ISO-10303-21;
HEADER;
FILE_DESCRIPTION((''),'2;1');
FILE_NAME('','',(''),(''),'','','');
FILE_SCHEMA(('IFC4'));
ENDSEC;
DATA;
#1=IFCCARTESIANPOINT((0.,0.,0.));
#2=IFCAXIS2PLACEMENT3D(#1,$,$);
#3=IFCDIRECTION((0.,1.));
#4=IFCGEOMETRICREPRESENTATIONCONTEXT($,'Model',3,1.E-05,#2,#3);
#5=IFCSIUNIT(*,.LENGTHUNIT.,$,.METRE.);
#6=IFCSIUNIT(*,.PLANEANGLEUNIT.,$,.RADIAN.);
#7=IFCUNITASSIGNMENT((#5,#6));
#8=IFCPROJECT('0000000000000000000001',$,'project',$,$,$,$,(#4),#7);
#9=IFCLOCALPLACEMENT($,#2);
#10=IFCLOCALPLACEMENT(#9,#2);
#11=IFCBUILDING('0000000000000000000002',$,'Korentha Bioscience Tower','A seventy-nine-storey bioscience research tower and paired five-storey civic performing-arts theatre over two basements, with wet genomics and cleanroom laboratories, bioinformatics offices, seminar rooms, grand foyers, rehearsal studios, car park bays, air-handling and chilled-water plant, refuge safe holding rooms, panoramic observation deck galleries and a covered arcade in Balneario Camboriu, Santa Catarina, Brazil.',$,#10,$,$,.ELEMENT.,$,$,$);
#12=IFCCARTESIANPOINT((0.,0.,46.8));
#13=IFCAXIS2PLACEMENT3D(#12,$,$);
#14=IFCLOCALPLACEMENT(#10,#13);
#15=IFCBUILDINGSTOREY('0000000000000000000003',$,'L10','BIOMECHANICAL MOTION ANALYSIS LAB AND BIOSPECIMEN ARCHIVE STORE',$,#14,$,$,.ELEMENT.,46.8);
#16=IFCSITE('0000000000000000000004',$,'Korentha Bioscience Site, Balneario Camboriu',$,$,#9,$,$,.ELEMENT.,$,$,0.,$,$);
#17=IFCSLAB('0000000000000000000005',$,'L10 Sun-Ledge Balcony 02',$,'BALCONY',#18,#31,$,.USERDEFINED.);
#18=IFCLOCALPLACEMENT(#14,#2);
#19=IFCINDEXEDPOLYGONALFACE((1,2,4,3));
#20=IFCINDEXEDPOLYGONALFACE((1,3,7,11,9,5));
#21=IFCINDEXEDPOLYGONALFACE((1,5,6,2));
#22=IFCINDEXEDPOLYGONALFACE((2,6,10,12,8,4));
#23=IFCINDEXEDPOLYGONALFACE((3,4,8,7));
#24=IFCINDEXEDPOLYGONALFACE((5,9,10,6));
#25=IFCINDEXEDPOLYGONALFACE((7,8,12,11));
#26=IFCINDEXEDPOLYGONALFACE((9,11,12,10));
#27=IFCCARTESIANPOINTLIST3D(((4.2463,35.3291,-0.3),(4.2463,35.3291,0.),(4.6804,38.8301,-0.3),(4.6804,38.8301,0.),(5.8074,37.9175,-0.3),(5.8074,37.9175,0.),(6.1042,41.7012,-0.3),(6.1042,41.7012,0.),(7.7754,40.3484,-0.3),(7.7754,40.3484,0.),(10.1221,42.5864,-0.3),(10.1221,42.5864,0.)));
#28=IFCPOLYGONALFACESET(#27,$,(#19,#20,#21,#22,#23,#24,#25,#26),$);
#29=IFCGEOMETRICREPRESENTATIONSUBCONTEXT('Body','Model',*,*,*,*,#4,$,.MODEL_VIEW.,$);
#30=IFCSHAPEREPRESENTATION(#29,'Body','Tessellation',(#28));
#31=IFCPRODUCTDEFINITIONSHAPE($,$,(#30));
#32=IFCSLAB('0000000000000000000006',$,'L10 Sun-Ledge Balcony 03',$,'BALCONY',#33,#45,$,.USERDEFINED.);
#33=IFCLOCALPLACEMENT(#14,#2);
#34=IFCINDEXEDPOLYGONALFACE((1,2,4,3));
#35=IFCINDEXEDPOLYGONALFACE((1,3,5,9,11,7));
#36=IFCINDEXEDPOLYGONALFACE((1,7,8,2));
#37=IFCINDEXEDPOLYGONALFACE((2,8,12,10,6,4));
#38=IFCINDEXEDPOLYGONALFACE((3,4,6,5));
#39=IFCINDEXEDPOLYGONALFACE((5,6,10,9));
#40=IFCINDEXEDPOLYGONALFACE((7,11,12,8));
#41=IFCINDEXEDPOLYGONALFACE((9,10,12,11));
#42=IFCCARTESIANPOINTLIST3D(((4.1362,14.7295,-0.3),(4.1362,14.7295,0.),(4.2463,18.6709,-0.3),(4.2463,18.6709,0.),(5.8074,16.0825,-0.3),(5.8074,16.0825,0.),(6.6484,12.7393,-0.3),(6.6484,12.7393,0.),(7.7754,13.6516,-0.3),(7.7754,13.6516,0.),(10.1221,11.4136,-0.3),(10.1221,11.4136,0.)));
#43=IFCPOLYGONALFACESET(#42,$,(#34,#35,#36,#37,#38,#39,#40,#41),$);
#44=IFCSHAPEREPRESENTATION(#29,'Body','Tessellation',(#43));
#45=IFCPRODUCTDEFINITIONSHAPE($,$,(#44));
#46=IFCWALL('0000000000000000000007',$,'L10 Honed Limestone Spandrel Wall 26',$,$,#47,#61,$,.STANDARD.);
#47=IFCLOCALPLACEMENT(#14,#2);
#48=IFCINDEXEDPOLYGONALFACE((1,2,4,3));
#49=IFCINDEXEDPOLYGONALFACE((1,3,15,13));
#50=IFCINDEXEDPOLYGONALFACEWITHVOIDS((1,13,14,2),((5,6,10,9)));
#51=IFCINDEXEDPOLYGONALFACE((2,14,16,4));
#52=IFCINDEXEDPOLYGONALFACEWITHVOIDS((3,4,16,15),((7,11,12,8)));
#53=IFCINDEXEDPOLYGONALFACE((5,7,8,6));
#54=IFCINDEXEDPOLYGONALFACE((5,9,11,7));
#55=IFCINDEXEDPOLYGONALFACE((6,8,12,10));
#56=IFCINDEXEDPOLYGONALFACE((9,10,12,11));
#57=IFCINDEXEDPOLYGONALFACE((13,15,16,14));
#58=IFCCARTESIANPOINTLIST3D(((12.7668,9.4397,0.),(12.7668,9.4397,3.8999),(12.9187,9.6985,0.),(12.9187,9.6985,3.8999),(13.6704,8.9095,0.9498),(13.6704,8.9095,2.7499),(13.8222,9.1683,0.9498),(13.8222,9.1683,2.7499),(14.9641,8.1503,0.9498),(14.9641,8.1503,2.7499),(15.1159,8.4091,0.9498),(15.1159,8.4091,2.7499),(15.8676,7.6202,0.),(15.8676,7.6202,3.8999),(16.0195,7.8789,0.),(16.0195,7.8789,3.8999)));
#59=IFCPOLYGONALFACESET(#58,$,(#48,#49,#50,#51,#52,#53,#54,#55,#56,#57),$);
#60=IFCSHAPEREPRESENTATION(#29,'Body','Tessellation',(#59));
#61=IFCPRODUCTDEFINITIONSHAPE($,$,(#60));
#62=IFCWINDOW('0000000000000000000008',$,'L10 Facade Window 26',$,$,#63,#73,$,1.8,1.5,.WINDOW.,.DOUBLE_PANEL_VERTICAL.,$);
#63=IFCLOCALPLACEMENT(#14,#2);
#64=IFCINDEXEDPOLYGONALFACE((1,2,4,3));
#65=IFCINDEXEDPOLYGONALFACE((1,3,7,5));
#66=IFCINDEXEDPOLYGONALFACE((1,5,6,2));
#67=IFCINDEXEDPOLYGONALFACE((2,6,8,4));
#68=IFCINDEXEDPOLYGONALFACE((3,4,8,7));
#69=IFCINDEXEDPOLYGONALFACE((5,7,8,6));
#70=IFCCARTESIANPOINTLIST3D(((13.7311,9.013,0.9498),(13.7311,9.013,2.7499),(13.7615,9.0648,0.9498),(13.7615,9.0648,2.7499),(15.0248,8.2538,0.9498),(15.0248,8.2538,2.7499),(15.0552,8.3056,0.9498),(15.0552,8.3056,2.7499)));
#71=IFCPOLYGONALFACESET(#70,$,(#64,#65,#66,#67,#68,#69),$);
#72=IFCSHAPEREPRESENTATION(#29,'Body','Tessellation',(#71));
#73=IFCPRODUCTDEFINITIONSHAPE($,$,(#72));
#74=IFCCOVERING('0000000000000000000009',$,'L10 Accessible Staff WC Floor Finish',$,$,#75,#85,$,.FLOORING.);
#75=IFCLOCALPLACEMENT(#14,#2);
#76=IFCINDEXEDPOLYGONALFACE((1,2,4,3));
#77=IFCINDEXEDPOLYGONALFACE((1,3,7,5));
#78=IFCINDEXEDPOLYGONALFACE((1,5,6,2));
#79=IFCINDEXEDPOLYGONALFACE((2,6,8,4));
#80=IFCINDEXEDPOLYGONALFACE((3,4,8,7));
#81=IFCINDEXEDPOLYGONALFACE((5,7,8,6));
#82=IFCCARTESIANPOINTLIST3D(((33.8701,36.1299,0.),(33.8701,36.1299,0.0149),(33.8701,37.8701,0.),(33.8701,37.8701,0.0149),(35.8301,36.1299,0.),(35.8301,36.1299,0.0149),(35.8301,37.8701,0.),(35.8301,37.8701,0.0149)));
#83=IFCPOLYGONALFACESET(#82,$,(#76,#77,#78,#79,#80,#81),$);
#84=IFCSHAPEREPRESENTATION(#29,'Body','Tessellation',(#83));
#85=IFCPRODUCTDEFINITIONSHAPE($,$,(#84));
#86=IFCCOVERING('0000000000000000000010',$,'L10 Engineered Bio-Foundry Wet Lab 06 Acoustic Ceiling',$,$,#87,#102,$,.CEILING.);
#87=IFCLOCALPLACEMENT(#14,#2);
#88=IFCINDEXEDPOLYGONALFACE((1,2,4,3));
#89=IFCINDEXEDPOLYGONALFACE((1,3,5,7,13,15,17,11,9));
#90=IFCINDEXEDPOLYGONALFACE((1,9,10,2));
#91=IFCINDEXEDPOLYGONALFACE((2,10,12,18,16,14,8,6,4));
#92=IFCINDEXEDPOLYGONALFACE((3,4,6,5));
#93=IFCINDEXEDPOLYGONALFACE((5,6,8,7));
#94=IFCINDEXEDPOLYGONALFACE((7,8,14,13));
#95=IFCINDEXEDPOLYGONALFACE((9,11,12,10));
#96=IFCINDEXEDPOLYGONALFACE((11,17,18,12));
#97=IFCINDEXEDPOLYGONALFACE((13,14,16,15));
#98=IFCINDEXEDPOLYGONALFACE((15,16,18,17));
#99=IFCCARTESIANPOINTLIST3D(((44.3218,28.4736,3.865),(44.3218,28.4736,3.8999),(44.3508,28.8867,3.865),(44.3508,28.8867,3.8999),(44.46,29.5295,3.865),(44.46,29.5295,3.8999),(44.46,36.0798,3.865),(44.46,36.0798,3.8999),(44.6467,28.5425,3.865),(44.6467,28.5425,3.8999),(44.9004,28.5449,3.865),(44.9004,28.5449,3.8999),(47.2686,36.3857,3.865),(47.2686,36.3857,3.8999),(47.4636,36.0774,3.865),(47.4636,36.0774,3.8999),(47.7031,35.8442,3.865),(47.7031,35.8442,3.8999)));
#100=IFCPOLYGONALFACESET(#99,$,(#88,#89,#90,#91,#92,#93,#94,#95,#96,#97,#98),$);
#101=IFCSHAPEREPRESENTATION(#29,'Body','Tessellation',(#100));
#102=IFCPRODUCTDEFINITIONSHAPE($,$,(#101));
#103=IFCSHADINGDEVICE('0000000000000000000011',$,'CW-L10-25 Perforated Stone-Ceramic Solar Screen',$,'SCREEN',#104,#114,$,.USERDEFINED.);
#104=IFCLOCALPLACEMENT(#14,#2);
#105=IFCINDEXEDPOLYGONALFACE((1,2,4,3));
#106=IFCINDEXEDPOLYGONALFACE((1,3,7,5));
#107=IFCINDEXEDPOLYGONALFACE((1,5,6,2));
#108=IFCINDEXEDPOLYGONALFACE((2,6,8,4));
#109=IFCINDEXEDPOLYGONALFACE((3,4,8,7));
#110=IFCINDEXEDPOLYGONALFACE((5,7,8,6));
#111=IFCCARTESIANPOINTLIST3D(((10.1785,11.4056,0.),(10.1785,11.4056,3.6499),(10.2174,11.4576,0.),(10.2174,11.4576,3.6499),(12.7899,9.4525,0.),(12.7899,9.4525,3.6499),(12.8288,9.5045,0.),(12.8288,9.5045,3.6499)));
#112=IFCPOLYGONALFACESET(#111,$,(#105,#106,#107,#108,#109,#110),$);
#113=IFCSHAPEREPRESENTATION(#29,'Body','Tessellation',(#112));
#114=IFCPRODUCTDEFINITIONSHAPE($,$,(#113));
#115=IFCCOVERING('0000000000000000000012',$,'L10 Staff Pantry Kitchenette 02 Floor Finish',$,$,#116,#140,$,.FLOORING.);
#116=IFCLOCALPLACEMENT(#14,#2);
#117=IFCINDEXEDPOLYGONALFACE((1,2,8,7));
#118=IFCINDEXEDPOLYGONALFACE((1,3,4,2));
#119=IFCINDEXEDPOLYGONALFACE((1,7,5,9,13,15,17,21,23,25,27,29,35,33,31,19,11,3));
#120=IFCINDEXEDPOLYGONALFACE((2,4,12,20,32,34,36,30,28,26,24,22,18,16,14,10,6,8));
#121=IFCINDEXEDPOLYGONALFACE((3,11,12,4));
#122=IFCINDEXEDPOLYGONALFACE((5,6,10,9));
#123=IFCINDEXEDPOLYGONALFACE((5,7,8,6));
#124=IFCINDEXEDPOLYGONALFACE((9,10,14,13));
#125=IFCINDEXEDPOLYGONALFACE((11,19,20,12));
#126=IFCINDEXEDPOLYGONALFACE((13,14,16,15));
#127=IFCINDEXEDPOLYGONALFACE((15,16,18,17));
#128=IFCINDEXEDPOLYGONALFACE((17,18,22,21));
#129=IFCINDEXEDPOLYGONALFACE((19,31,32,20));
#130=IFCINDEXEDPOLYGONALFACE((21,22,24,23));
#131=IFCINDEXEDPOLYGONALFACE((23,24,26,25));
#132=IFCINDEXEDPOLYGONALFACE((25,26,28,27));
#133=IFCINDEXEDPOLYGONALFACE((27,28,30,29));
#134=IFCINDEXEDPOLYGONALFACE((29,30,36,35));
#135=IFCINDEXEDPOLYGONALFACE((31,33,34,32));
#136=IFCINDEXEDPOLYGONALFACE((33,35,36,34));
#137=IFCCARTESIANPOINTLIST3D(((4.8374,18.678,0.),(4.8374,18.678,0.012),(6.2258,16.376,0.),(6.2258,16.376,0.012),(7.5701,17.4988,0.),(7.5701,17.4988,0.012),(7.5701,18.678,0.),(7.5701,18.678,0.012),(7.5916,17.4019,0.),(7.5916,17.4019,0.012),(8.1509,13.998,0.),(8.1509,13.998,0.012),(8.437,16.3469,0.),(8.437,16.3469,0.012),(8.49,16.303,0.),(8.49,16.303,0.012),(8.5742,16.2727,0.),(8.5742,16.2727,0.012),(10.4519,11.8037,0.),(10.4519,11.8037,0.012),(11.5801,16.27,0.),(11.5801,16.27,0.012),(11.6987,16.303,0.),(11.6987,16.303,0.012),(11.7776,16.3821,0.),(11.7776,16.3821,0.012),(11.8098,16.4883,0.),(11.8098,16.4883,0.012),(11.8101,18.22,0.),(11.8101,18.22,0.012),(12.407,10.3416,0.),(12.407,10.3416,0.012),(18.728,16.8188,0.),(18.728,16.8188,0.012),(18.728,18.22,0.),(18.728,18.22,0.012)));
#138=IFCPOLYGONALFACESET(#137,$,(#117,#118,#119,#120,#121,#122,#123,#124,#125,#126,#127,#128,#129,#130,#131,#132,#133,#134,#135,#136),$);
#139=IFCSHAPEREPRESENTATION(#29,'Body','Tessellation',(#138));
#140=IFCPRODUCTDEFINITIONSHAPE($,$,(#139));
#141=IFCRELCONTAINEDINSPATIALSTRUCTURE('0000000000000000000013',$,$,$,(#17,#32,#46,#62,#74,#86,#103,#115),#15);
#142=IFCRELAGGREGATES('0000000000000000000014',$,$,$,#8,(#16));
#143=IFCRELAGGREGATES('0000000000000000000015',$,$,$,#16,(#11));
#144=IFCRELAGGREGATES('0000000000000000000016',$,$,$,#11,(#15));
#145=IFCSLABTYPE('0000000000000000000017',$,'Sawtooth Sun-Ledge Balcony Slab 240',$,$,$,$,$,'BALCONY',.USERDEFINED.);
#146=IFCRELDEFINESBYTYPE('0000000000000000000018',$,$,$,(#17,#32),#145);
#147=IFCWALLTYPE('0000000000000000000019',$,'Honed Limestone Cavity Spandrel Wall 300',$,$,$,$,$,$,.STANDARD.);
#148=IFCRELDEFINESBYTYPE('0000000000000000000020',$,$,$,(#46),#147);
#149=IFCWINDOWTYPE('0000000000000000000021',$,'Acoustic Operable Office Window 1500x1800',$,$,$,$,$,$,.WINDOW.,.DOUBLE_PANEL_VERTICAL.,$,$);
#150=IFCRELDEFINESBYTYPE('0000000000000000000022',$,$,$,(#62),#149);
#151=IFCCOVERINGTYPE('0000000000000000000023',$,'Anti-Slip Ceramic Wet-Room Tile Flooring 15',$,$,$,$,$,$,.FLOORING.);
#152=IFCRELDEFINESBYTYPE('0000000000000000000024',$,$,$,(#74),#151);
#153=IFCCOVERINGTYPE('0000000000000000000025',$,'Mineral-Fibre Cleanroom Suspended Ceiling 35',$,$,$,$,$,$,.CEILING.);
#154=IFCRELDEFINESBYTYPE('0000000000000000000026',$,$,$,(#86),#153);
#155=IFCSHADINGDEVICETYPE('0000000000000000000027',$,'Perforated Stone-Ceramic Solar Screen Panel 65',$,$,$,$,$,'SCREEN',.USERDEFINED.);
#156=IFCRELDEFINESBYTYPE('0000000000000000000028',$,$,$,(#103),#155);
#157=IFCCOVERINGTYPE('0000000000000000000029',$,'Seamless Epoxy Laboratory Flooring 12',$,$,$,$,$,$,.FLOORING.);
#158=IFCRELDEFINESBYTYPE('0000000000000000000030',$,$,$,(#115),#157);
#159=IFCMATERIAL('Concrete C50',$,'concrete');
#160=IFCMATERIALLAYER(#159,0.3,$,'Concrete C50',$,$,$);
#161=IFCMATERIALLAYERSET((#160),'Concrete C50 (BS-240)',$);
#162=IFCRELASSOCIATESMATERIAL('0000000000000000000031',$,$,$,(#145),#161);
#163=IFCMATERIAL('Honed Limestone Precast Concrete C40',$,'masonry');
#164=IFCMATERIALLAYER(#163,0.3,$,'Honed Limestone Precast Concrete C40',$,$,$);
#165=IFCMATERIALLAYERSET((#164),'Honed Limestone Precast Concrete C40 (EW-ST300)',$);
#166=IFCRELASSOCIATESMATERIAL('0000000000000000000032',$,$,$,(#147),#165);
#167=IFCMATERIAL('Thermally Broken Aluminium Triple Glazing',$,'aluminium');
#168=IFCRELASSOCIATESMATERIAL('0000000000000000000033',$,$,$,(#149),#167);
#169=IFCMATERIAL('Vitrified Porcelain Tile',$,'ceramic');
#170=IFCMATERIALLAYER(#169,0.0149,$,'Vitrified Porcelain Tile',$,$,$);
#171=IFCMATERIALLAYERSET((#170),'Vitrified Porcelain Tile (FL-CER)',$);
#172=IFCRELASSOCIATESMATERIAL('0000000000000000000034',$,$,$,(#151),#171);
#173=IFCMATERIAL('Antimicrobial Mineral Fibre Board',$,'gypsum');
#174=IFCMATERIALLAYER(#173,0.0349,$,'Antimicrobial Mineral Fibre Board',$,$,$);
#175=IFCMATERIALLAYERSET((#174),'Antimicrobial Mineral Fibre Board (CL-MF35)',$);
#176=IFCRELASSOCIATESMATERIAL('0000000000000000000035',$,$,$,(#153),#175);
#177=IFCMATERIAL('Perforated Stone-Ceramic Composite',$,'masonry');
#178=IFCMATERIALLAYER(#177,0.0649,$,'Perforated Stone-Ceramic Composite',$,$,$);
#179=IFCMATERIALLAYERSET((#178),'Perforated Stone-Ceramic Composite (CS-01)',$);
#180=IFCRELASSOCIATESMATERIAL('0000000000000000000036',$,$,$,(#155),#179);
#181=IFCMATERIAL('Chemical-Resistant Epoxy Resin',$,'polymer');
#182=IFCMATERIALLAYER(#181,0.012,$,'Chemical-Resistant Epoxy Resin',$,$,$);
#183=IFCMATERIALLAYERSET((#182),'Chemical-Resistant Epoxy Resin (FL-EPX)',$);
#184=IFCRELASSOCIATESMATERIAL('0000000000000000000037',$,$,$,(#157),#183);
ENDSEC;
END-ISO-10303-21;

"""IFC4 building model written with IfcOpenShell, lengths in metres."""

from ifc_helpers import new_model, si_unit, direction, frame, frame_2d, origin, origin_2d, place, context, subcontext, project, spatial, polyline, rectangle, outline, extrude, material, layer, layer_set, type_object, element, fill, save


model = new_model("IFC4")

# Units and contexts
model_context = context("Model", 3, precision=1e-05, world=origin(), true_north=direction((0.0, 1.0)))
body_context = subcontext(model_context, "Body", "Model", "MODEL_VIEW")
ifc_project = project(units=[si_unit("LENGTHUNIT", "METRE"), si_unit("PLANEANGLEUNIT", "RADIAN")], contexts=[model_context])

# Site, building, storey
site_placement = place(None, origin())
site = spatial("IfcSite", under=ifc_project, at=site_placement, Name="Korentha Bioscience Site, Balneario Camboriu", CompositionType="ELEMENT", RefElevation=0.0)
building_placement = place(site_placement, origin())
building = spatial("IfcBuilding", under=site, at=building_placement, Name="Korentha Bioscience Tower", Description="A seventy-nine-storey bioscience research tower and paired five-storey civic performing-arts theatre over two basements, with wet genomics and cleanroom laboratories, bioinformatics offices, seminar rooms, grand foyers, rehearsal studios, car park bays, air-handling and chilled-water plant, refuge safe holding rooms, panoramic observation deck galleries and a covered arcade in Balneario Camboriu, Santa Catarina, Brazil.", CompositionType="ELEMENT")
storey_placement = place(building_placement, frame((0.0, 0.0, 46.8)))
storey = spatial("IfcBuildingStorey", under=building, at=storey_placement, Name="L10", Description="BIOMECHANICAL MOTION ANALYSIS LAB AND BIOSPECIMEN ARCHIVE STORE", CompositionType="ELEMENT", Elevation=46.8)

# Shared definitions
ifc_material_1 = material(Name="Concrete C50", Category="concrete")

# Slabs
ifc_layer_1 = layer(ifc_material_1, 0.3, Name="Concrete C50")
ifc_layer_set_1 = layer_set([ifc_layer_1], Name="Concrete C50 (BS-240)")
slab_type_1 = type_object("IfcSlabType", Name="Sawtooth Sun-Ledge Balcony Slab 240", ElementType="BALCONY", PredefinedType="USERDEFINED", material=ifc_layer_set_1)
slab_1_placement = place(storey_placement, frame((0.0, 0.0, -0.3)))
element("IfcSlab", 1, at=slab_1_placement, inside=storey, type_object=slab_type_1, Name="L10 Sun-Ledge Balcony 02", ObjectType="BALCONY", PredefinedType="USERDEFINED", context=body_context, shape_type="SweptSolid", body=[
    extrude(outline(polyline([(4.2463, 35.3291), (5.8074, 37.9175), (7.7754, 40.3484), (10.1221, 42.5864), (6.1042, 41.7012), (4.6804, 38.8301), (4.2463, 35.3291)])), origin(), (0.0, 0.0, 1.0), 0.3),
])
slab_2_placement = place(storey_placement, frame((0.0, 0.0, -0.3)))
element("IfcSlab", 2, at=slab_2_placement, inside=storey, type_object=slab_type_1, Name="L10 Sun-Ledge Balcony 03", ObjectType="BALCONY", PredefinedType="USERDEFINED", context=body_context, shape_type="SweptSolid", body=[
    extrude(outline(polyline([(10.1221, 11.4136), (7.7754, 13.6516), (5.8074, 16.0825), (4.2463, 18.6709), (4.1362, 14.7295), (6.6484, 12.7393), (10.1221, 11.4136)])), origin(), (0.0, 0.0, 1.0), 0.3),
])

# Wall, opening, window
ifc_material_2 = material(Name="Honed Limestone Precast Concrete C40", Category="masonry")
ifc_layer_2 = layer(ifc_material_2, 0.3, Name="Honed Limestone Precast Concrete C40")
ifc_layer_set_2 = layer_set([ifc_layer_2], Name="Honed Limestone Precast Concrete C40 (EW-ST300)")
wall_type = type_object("IfcWallType", Name="Honed Limestone Cavity Spandrel Wall 300", PredefinedType="STANDARD", material=ifc_layer_set_2)
wall_placement = place(storey_placement, frame((12.8428, 9.5691, 0.0), z_axis=(0.0, 0.0, 1.0), x_axis=(0.862473, -0.506103, 0.0)))
wall = element("IfcWall", 3, at=wall_placement, inside=storey, type_object=wall_type, Name="L10 Honed Limestone Spandrel Wall 26", PredefinedType="STANDARD", context=body_context, shape_type="SweptSolid", body=[
    extrude(rectangle(XDim=3.5952, YDim=0.3, at=frame_2d((1.7976, 0.0))), origin(), (0.0, 0.0, 1.0), 3.8999),
])
opening_placement = place(wall_placement, frame((1.0476, 0.0, 0.95)))
opening = element("IfcOpeningElement", 4, at=opening_placement, cuts=wall, PredefinedType="OPENING", context=body_context, shape_type="SweptSolid", body=[
    extrude(rectangle(XDim=1.5, YDim=1.8, at=frame_2d((0.75, 0.8999))), frame((0.0, 0.165, 0.0), z_axis=(0.0, -1.0, 0.0), x_axis=(1.0, 0.0, 0.0)), (0.0, 0.0, 1.0), 0.3298),
])
ifc_material_3 = material(Name="Thermally Broken Aluminium Triple Glazing", Category="aluminium")
window_type = type_object("IfcWindowType", Name="Acoustic Operable Office Window 1500x1800", PartitioningType="DOUBLE_PANEL_VERTICAL", PredefinedType="WINDOW", material=ifc_material_3)
window_placement = place(opening_placement, origin())
window = element("IfcWindow", 5, at=window_placement, inside=storey, type_object=window_type, Name="L10 Facade Window 26", OverallHeight=1.8, OverallWidth=1.5, PartitioningType="DOUBLE_PANEL_VERTICAL", PredefinedType="WINDOW", context=body_context, shape_type="SweptSolid", body=[
    extrude(rectangle(XDim=1.5, YDim=1.8, at=frame_2d((0.75, 0.8999))), frame((0.0, 0.03, 0.0), z_axis=(0.0, -1.0, 0.0), x_axis=(1.0, 0.0, 0.0)), (0.0, 0.0, 1.0), 0.0601),
])
fill(opening, window)

# Coverings
ifc_material_4 = material(Name="Vitrified Porcelain Tile", Category="ceramic")
ifc_layer_3 = layer(ifc_material_4, 0.0149, Name="Vitrified Porcelain Tile")
ifc_layer_set_3 = layer_set([ifc_layer_3], Name="Vitrified Porcelain Tile (FL-CER)")
covering_type_1 = type_object("IfcCoveringType", Name="Anti-Slip Ceramic Wet-Room Tile Flooring 15", PredefinedType="FLOORING", material=ifc_layer_set_3)
covering_1_placement = place(storey_placement, origin())
element("IfcCovering", 6, at=covering_1_placement, inside=storey, type_object=covering_type_1, Name="L10 Accessible Staff WC Floor Finish", PredefinedType="FLOORING", context=body_context, shape_type="SweptSolid", body=[
    extrude(outline(polyline([(33.8701, 36.1299), (33.8701, 37.8701), (35.8301, 37.8701), (35.8301, 36.1299), (33.8701, 36.1299)])), origin(), (0.0, 0.0, 1.0), 0.0149),
])
ifc_material_5 = material(Name="Antimicrobial Mineral Fibre Board", Category="gypsum")
ifc_layer_4 = layer(ifc_material_5, 0.0349, Name="Antimicrobial Mineral Fibre Board")
ifc_layer_set_4 = layer_set([ifc_layer_4], Name="Antimicrobial Mineral Fibre Board (CL-MF35)")
covering_type_2 = type_object("IfcCoveringType", Name="Mineral-Fibre Cleanroom Suspended Ceiling 35", PredefinedType="CEILING", material=ifc_layer_set_4)
covering_2_placement = place(storey_placement, frame((0.0, 0.0, 3.865)))
element("IfcCovering", 7, at=covering_2_placement, inside=storey, type_object=covering_type_2, Name="L10 Engineered Bio-Foundry Wet Lab 06 Acoustic Ceiling", PredefinedType="CEILING", context=body_context, shape_type="SweptSolid", body=[
    extrude(outline(polyline([(44.3508, 28.8867), (44.46, 29.5295), (44.46, 36.0798), (47.2686, 36.3857), (47.4636, 36.0774), (47.7031, 35.8442), (44.9004, 28.5449), (44.6467, 28.5425), (44.3218, 28.4736), (44.3508, 28.8867)])), origin(), (0.0, 0.0, 1.0), 0.0349),
])

# Shading device
ifc_material_6 = material(Name="Perforated Stone-Ceramic Composite", Category="masonry")
ifc_layer_5 = layer(ifc_material_6, 0.0649, Name="Perforated Stone-Ceramic Composite")
ifc_layer_set_5 = layer_set([ifc_layer_5], Name="Perforated Stone-Ceramic Composite (CS-01)")
shading_device_type_1 = type_object("IfcShadingDeviceType", Name="Perforated Stone-Ceramic Solar Screen Panel 65", ElementType="SCREEN", PredefinedType="USERDEFINED", material=ifc_layer_set_5)
shading_device_1_placement = place(storey_placement, frame((11.5037, 10.4551, 0.0), z_axis=(0.0, 0.0, 1.0), x_axis=(0.800798, -0.598935, 0.0)))
element("IfcShadingDevice", 8, at=shading_device_1_placement, inside=storey, type_object=shading_device_type_1, Name="CW-L10-25 Perforated Stone-Ceramic Solar Screen", ObjectType="SCREEN", PredefinedType="USERDEFINED", context=body_context, shape_type="SweptSolid", body=[
    extrude(rectangle(XDim=3.261, YDim=0.0649, at=origin_2d()), origin(), (0.0, 0.0, 1.0), 3.6499),
])

# Covering
ifc_material_7 = material(Name="Chemical-Resistant Epoxy Resin", Category="polymer")
ifc_layer_6 = layer(ifc_material_7, 0.012, Name="Chemical-Resistant Epoxy Resin")
ifc_layer_set_6 = layer_set([ifc_layer_6], Name="Chemical-Resistant Epoxy Resin (FL-EPX)")
covering_type_3 = type_object("IfcCoveringType", Name="Seamless Epoxy Laboratory Flooring 12", PredefinedType="FLOORING", material=ifc_layer_set_6)
covering_3_placement = place(storey_placement, origin())
element("IfcCovering", 9, at=covering_3_placement, inside=storey, type_object=covering_type_3, Name="L10 Staff Pantry Kitchenette 02 Floor Finish", PredefinedType="FLOORING", context=body_context, shape_type="SweptSolid", body=[
    extrude(outline(polyline([(7.5701, 18.678), (7.5701, 17.4988), (7.5916, 17.4019), (8.437, 16.3469), (8.49, 16.303), (8.5742, 16.2727), (11.5801, 16.27), (11.6987, 16.303), (11.7776, 16.3821), (11.8098, 16.4883), (11.8101, 18.22), (18.728, 18.22), (18.728, 16.8188), (12.407, 10.3416), (10.4519, 11.8037), (8.1509, 13.998), (6.2258, 16.376), (4.8374, 18.678), (7.5701, 18.678)])), origin(), (0.0, 0.0, 1.0), 0.012),
])

save(model, "model.ifc")
